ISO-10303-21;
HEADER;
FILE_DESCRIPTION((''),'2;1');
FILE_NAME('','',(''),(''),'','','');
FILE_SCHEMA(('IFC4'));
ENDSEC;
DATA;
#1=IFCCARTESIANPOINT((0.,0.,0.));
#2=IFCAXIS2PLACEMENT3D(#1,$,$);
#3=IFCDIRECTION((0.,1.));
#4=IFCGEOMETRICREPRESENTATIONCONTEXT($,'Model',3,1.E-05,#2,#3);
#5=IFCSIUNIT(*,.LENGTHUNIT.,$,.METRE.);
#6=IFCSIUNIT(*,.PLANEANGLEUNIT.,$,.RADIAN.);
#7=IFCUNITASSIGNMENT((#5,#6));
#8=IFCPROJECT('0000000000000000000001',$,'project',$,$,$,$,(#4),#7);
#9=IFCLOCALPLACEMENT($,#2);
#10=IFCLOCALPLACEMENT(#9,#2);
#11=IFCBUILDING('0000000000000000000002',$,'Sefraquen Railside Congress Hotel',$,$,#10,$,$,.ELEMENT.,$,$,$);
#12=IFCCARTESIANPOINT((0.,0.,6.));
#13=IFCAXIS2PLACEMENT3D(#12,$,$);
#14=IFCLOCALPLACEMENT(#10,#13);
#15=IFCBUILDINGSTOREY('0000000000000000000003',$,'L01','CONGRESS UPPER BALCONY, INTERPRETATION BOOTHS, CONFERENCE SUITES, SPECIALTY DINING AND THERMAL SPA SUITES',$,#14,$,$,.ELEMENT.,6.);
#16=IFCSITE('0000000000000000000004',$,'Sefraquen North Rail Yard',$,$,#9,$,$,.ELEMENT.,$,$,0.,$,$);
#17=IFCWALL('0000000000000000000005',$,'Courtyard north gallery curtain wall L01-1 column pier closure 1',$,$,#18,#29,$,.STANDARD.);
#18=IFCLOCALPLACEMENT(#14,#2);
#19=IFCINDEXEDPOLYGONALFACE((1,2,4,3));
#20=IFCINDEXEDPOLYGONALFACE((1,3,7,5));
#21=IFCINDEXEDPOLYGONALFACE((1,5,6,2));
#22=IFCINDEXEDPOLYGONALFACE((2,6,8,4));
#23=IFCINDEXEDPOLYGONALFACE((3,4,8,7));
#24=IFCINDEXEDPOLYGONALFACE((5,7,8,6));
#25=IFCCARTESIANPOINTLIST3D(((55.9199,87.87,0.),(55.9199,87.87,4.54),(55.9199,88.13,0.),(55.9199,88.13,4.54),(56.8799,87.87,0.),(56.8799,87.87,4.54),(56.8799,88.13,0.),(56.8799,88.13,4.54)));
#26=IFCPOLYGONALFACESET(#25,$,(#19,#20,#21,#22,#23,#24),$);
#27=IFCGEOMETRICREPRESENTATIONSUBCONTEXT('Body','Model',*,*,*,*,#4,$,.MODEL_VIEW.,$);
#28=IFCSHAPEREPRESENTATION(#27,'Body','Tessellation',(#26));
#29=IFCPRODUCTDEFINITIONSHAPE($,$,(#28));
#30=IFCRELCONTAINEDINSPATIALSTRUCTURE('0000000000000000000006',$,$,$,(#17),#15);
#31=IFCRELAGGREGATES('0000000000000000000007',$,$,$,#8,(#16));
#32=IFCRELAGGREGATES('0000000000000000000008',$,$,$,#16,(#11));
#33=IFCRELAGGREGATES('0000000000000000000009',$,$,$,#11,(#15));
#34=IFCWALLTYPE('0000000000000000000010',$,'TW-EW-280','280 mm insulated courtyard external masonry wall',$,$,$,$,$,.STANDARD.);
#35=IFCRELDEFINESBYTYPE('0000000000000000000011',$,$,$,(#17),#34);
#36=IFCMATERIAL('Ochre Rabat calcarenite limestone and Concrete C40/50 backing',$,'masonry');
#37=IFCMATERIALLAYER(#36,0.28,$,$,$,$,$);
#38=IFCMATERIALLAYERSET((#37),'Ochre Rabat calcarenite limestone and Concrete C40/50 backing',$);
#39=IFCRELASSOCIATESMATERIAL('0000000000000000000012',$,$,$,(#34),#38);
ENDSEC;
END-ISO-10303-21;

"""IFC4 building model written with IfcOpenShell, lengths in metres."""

from ifc_helpers import new_model, si_unit, direction, frame, frame_2d, origin, place, context, subcontext, project, spatial, rectangle, extrude, material, layer, layer_set, type_object, element, save


model = new_model("IFC4")

# Units and contexts
model_context = context("Model", 3, precision=1e-05, world=origin(), true_north=direction((0.0, 1.0)))
body_context = subcontext(model_context, "Body", "Model", "MODEL_VIEW")
ifc_project = project(units=[si_unit("LENGTHUNIT", "METRE"), si_unit("PLANEANGLEUNIT", "RADIAN")], contexts=[model_context])

# Site, building, storey
site_placement = place(None, origin())
site = spatial("IfcSite", under=ifc_project, at=site_placement, Name="Sefraquen North Rail Yard", CompositionType="ELEMENT", RefElevation=0.0)
building_placement = place(site_placement, origin())
building = spatial("IfcBuilding", under=site, at=building_placement, Name="Sefraquen Railside Congress Hotel", CompositionType="ELEMENT")
storey_placement = place(building_placement, frame((0.0, 0.0, 6.0)))
storey = spatial("IfcBuildingStorey", under=building, at=storey_placement, Name="L01", Description="CONGRESS UPPER BALCONY, INTERPRETATION BOOTHS, CONFERENCE SUITES, SPECIALTY DINING AND THERMAL SPA SUITES", CompositionType="ELEMENT", Elevation=6.0)

# Wall
ifc_material_1 = material(Name="Ochre Rabat calcarenite limestone and Concrete C40/50 backing", Category="masonry")
ifc_layer_1 = layer(ifc_material_1, 0.28)
ifc_layer_set_1 = layer_set([ifc_layer_1], Name="Ochre Rabat calcarenite limestone and Concrete C40/50 backing")
wall_type = type_object("IfcWallType", Name="TW-EW-280", Description="280 mm insulated courtyard external masonry wall", PredefinedType="STANDARD", material=ifc_layer_set_1)
wall_placement = place(storey_placement, frame((55.9199, 88.0, 0.0), z_axis=(0.0, 0.0, 1.0), x_axis=(1.0, 0.0, 0.0)))
element("IfcWall", 1, at=wall_placement, inside=storey, type_object=wall_type, Name="Courtyard north gallery curtain wall L01-1 column pier closure 1", PredefinedType="STANDARD", context=body_context, shape_type="SweptSolid", body=[
    extrude(rectangle(XDim=0.96, YDim=0.26, at=frame_2d((0.48, 0.0))), origin(), (0.0, 0.0, 1.0), 4.54),
])

save(model, "model.ifc")
